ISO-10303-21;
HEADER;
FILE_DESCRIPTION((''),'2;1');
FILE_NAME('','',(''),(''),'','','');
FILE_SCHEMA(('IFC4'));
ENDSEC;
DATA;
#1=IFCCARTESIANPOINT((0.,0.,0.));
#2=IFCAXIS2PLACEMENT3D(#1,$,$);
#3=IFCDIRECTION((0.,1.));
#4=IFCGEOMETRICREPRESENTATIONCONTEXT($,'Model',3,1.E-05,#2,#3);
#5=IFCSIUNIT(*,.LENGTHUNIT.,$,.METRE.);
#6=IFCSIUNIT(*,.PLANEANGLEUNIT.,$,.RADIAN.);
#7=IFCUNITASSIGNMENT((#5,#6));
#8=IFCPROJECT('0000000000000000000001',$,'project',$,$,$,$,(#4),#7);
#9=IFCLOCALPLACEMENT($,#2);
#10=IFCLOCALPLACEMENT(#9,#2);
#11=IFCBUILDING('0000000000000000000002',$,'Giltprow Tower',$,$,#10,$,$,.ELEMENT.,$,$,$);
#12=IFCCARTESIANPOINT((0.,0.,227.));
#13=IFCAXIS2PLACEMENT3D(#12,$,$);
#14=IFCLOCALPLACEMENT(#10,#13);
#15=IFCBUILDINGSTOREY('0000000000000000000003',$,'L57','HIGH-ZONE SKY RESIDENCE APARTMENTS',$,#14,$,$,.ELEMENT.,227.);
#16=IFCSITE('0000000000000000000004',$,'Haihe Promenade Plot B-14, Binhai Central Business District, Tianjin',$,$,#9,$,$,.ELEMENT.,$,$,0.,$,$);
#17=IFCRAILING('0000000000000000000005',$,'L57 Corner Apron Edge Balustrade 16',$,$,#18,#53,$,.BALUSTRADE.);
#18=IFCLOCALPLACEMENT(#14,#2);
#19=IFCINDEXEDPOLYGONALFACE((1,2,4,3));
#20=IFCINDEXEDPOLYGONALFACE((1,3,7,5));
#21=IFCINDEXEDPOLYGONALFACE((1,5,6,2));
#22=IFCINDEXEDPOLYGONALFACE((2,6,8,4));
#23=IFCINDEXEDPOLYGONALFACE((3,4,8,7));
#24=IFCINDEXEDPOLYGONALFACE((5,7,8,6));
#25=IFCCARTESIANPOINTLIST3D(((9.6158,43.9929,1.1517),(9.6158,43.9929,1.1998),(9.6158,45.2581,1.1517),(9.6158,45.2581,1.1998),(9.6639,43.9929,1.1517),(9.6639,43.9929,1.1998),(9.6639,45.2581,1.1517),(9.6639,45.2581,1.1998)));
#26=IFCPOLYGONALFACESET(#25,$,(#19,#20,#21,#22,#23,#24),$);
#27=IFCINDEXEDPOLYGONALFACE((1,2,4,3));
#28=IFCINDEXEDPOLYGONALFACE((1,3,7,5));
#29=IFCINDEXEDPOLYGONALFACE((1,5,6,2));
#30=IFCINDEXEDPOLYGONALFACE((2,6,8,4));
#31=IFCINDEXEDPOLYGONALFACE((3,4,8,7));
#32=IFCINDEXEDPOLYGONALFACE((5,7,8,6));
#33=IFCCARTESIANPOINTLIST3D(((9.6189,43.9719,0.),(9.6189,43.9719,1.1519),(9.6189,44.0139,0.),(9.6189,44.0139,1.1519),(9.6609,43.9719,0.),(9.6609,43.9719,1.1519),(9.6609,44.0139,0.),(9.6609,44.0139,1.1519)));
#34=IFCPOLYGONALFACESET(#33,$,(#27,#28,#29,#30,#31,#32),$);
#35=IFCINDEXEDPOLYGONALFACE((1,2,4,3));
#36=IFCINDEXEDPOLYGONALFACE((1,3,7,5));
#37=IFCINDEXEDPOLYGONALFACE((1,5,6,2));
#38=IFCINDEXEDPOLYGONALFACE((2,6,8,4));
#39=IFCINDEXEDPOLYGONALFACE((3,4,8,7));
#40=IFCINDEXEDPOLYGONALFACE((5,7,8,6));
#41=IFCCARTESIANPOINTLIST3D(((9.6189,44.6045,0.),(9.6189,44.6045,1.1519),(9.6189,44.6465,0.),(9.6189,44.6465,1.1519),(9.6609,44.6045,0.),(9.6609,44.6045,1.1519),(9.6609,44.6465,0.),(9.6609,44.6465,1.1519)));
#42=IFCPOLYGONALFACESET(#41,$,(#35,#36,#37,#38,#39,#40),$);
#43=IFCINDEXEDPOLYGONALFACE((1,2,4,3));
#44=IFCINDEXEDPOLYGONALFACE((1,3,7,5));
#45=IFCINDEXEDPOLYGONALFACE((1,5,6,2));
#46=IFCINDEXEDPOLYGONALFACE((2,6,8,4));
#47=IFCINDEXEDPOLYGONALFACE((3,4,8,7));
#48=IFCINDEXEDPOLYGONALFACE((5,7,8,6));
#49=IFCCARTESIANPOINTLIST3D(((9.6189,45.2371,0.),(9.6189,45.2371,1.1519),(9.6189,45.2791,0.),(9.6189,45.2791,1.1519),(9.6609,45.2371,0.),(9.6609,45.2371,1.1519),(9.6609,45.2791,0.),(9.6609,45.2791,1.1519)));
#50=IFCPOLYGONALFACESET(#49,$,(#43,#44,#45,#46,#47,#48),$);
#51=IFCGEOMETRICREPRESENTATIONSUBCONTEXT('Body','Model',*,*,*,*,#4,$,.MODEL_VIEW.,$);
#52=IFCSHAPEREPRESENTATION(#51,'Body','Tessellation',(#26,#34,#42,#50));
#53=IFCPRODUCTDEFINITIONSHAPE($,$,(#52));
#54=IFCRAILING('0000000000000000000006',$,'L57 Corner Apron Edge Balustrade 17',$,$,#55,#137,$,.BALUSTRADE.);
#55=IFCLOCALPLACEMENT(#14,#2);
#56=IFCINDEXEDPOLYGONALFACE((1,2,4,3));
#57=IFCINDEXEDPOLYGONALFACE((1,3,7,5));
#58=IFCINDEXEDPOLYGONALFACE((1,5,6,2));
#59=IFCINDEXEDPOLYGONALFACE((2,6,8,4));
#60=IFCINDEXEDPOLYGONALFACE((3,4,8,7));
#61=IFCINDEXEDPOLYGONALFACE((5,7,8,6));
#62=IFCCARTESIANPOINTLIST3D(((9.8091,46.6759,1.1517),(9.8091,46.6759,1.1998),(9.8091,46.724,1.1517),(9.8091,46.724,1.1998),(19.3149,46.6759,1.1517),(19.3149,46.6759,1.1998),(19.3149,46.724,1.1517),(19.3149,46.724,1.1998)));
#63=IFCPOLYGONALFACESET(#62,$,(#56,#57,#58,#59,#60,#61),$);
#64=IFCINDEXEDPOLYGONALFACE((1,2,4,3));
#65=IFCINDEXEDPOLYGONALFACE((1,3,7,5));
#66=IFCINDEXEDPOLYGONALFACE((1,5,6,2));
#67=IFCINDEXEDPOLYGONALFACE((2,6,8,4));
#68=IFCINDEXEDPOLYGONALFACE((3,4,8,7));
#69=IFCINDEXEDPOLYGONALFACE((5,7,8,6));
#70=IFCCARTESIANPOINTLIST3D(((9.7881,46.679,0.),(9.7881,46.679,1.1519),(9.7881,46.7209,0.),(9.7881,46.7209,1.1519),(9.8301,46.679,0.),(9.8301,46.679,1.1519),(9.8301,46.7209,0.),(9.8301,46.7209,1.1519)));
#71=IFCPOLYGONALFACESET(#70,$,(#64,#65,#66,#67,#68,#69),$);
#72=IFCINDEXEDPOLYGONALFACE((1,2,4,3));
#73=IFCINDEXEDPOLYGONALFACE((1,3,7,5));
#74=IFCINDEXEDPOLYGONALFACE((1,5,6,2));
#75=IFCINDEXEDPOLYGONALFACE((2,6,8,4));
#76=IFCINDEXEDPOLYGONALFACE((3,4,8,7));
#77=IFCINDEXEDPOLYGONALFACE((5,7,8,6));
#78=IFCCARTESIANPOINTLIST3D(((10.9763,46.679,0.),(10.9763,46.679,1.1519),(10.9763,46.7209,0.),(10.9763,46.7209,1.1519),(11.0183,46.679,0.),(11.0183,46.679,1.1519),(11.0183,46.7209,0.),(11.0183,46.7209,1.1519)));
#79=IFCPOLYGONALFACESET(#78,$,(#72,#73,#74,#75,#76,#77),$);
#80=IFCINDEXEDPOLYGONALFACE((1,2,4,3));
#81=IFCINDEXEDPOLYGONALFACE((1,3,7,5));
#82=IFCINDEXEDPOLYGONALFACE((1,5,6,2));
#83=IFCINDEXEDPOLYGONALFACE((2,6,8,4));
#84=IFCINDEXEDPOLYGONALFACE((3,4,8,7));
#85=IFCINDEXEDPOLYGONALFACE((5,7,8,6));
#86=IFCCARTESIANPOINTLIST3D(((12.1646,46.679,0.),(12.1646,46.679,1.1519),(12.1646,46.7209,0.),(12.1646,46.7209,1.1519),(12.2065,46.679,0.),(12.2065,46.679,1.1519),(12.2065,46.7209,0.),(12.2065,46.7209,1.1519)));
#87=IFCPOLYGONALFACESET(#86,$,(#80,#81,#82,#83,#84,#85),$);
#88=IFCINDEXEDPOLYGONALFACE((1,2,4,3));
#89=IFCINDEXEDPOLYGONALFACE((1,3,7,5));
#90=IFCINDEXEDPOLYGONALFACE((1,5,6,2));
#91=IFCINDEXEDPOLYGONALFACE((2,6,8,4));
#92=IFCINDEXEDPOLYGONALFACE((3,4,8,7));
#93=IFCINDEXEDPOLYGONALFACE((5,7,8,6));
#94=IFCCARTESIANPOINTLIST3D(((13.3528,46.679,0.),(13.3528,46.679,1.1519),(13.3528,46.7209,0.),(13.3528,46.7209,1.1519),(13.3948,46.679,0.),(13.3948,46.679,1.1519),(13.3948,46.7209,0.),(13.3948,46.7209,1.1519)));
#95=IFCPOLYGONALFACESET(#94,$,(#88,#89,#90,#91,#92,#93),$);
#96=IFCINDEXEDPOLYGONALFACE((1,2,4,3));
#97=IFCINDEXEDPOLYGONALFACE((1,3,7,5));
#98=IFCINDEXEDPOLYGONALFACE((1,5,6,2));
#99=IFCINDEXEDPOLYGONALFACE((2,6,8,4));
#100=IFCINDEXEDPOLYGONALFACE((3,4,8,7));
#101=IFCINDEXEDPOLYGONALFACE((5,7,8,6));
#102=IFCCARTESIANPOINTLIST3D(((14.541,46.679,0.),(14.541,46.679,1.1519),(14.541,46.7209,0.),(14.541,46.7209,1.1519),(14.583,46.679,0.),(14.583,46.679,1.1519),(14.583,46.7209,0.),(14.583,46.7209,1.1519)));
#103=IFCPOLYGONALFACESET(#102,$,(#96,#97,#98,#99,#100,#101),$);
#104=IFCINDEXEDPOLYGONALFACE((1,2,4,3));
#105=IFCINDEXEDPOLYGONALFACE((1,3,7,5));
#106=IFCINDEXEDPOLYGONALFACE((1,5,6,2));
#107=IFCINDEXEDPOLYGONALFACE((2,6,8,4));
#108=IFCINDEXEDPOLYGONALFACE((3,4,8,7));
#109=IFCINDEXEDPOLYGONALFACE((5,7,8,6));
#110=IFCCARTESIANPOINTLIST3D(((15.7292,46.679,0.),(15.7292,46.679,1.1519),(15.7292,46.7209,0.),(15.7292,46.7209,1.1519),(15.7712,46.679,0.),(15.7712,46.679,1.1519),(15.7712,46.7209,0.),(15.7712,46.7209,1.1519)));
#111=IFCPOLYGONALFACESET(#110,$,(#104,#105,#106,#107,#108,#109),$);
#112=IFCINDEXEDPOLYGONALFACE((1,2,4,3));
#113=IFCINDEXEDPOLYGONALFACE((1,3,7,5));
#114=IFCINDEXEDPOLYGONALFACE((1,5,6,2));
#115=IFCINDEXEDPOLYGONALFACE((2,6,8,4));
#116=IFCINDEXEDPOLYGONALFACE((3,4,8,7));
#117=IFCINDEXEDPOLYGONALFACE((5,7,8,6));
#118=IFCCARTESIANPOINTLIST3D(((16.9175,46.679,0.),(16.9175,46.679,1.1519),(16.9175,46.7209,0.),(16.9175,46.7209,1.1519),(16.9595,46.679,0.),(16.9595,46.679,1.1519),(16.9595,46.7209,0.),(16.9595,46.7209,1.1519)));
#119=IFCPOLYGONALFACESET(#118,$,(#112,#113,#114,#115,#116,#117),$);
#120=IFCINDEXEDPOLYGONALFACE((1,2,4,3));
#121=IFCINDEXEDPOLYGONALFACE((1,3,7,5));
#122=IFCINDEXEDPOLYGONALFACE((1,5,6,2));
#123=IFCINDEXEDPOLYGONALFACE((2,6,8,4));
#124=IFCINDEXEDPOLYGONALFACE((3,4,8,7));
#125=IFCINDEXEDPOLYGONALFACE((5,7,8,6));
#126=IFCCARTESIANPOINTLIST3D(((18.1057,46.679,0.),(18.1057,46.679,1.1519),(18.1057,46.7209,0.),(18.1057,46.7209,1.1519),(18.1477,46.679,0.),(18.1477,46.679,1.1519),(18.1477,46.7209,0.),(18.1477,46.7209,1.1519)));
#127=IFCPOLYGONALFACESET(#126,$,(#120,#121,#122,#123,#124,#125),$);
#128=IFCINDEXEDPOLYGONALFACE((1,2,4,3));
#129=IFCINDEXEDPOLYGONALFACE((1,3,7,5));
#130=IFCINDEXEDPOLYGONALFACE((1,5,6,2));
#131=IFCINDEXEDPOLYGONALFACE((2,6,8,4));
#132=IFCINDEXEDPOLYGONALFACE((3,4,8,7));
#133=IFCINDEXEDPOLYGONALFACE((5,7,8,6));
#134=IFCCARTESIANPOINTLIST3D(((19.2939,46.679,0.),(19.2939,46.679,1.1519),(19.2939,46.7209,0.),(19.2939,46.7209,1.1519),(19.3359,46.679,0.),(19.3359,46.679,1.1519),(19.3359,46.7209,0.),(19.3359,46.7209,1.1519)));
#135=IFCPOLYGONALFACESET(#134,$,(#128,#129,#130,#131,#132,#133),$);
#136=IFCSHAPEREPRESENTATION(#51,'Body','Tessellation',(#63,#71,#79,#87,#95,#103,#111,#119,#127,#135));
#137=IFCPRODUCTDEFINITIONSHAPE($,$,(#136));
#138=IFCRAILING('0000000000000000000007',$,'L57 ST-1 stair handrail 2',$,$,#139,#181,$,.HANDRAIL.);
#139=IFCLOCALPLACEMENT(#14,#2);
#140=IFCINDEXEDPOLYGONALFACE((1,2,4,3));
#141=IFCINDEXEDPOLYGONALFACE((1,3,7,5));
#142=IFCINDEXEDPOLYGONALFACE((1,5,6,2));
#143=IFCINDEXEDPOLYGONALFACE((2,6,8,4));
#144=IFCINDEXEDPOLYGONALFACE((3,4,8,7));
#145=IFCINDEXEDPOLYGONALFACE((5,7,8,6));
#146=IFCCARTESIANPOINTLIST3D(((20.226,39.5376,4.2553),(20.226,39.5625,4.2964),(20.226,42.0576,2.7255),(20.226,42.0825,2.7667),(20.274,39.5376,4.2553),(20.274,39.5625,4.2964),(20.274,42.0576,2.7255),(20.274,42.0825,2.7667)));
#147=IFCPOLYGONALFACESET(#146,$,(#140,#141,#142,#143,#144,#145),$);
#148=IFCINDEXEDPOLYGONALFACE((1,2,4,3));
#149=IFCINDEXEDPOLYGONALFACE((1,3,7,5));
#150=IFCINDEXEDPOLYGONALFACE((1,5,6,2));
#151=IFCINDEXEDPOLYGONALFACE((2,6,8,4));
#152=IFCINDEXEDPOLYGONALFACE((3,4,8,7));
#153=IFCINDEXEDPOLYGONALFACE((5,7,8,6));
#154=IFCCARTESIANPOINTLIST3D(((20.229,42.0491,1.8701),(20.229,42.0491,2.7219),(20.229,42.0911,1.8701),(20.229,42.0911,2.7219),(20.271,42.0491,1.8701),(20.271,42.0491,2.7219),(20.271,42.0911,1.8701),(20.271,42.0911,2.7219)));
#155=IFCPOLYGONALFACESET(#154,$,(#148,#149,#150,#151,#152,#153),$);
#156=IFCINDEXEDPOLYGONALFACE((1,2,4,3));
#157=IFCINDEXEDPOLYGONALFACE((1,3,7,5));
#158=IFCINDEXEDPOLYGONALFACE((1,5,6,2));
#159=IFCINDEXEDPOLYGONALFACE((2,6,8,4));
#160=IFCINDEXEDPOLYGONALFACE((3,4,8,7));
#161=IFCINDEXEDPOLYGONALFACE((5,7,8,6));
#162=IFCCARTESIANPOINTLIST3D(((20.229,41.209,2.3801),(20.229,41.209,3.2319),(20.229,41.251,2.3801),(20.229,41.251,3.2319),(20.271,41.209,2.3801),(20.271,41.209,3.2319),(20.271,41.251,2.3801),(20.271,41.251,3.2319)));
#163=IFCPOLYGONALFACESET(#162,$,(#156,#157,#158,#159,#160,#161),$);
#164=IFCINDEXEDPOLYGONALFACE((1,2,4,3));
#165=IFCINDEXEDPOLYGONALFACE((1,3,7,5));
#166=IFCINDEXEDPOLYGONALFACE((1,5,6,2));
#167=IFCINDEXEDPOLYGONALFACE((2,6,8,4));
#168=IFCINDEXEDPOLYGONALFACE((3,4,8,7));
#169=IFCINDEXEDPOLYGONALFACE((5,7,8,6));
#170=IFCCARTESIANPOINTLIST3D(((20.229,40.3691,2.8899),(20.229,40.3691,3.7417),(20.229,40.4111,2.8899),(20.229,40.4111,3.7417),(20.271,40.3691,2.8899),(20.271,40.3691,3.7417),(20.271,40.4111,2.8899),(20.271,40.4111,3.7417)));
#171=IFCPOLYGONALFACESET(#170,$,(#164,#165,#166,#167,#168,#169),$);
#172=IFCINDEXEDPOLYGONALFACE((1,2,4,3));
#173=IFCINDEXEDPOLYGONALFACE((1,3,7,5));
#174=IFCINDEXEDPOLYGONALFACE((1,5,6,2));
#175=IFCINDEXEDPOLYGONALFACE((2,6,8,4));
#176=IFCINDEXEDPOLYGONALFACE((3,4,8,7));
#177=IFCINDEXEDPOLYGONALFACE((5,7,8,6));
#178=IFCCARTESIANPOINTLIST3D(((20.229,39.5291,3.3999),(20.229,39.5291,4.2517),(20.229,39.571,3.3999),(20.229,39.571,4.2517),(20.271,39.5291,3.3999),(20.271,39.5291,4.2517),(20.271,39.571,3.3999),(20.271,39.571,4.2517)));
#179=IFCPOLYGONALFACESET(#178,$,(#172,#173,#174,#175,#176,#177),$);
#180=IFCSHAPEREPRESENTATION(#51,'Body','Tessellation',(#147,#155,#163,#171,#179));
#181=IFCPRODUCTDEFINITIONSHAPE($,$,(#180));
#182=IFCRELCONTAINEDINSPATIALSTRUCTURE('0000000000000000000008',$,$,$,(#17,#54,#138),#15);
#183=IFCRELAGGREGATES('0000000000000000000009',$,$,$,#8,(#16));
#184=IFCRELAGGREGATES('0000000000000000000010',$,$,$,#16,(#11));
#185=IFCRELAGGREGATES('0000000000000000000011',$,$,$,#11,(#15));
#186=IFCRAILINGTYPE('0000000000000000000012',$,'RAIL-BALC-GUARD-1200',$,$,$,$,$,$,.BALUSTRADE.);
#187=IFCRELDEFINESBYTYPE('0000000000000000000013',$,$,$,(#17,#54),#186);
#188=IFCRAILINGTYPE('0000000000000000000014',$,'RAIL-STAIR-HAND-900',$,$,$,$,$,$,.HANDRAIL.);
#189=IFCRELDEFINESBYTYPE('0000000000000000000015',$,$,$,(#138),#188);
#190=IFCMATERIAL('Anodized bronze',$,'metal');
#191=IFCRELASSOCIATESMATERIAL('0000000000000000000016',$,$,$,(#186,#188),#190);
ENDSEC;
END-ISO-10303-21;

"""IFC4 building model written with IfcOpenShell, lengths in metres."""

from ifc_helpers import new_model, si_unit, direction, frame, origin, origin_2d, place, context, subcontext, project, spatial, rectangle, extrude, material, type_object, element, save


model = new_model("IFC4")

# Units and contexts
model_context = context("Model", 3, precision=1e-05, world=origin(), true_north=direction((0.0, 1.0)))
body_context = subcontext(model_context, "Body", "Model", "MODEL_VIEW")
ifc_project = project(units=[si_unit("LENGTHUNIT", "METRE"), si_unit("PLANEANGLEUNIT", "RADIAN")], contexts=[model_context])

# Site, building, storey
site_placement = place(None, origin())
site = spatial("IfcSite", under=ifc_project, at=site_placement, Name="Haihe Promenade Plot B-14, Binhai Central Business District, Tianjin", CompositionType="ELEMENT", RefElevation=0.0)
building_placement = place(site_placement, origin())
building = spatial("IfcBuilding", under=site, at=building_placement, Name="Giltprow Tower", CompositionType="ELEMENT")
storey_placement = place(building_placement, frame((0.0, 0.0, 227.0)))
storey = spatial("IfcBuildingStorey", under=building, at=storey_placement, Name="L57", Description="HIGH-ZONE SKY RESIDENCE APARTMENTS", CompositionType="ELEMENT", Elevation=227.0)

# Railings
ifc_material_1 = material(Name="Anodized bronze", Category="metal")
railing_type_1 = type_object("IfcRailingType", Name="RAIL-BALC-GUARD-1200", PredefinedType="BALUSTRADE", material=ifc_material_1)
railing_1_placement = place(storey_placement, frame((9.6399, 43.9929, 0.0)))
element("IfcRailing", 1, at=railing_1_placement, inside=storey, type_object=railing_type_1, Name="L57 Corner Apron Edge Balustrade 16", PredefinedType="BALUSTRADE", context=body_context, shape_type="SweptSolid", body=[
    extrude(rectangle(XDim=0.0481, YDim=0.0481, at=origin_2d()), frame((0.0, 0.0, 1.1758), z_axis=(0.0, 1.0, 0.0), x_axis=(-1.0, 0.0, 0.0)), (0.0, 0.0, 1.0), 1.2651),
    extrude(rectangle(XDim=0.042, YDim=0.042, at=origin_2d()), origin(), (0.0, 0.0, 1.0), 1.1519),
    extrude(rectangle(XDim=0.042, YDim=0.042, at=origin_2d()), frame((0.0, 0.6326, 0.0)), (0.0, 0.0, 1.0), 1.1519),
    extrude(rectangle(XDim=0.042, YDim=0.042, at=origin_2d()), frame((0.0, 1.2651, 0.0)), (0.0, 0.0, 1.0), 1.1519),
])
railing_2_placement = place(storey_placement, frame((9.8091, 46.7, 0.0)))
element("IfcRailing", 2, at=railing_2_placement, inside=storey, type_object=railing_type_1, Name="L57 Corner Apron Edge Balustrade 17", PredefinedType="BALUSTRADE", context=body_context, shape_type="SweptSolid", body=[
    extrude(rectangle(XDim=0.0481, YDim=0.0481, at=origin_2d()), frame((0.0, 0.0, 1.1758), z_axis=(1.0, 0.0, 0.0), x_axis=(0.0, 1.0, 0.0)), (0.0, 0.0, 1.0), 9.5059),
    extrude(rectangle(XDim=0.042, YDim=0.042, at=origin_2d()), origin(), (0.0, 0.0, 1.0), 1.1519),
    extrude(rectangle(XDim=0.042, YDim=0.042, at=origin_2d()), frame((1.1882, 0.0, 0.0)), (0.0, 0.0, 1.0), 1.1519),
    extrude(rectangle(XDim=0.042, YDim=0.042, at=origin_2d()), frame((2.3765, 0.0, 0.0)), (0.0, 0.0, 1.0), 1.1519),
    extrude(rectangle(XDim=0.042, YDim=0.042, at=origin_2d()), frame((3.5647, 0.0, 0.0)), (0.0, 0.0, 1.0), 1.1519),
    extrude(rectangle(XDim=0.042, YDim=0.042, at=origin_2d()), frame((4.7529, 0.0, 0.0)), (0.0, 0.0, 1.0), 1.1519),
    extrude(rectangle(XDim=0.042, YDim=0.042, at=origin_2d()), frame((5.9412, 0.0, 0.0)), (0.0, 0.0, 1.0), 1.1519),
    extrude(rectangle(XDim=0.042, YDim=0.042, at=origin_2d()), frame((7.1294, 0.0, 0.0)), (0.0, 0.0, 1.0), 1.1519),
    extrude(rectangle(XDim=0.042, YDim=0.042, at=origin_2d()), frame((8.3176, 0.0, 0.0)), (0.0, 0.0, 1.0), 1.1519),
    extrude(rectangle(XDim=0.042, YDim=0.042, at=origin_2d()), frame((9.5059, 0.0, 0.0)), (0.0, 0.0, 1.0), 1.1519),
])
railing_type_2 = type_object("IfcRailingType", Name="RAIL-STAIR-HAND-900", PredefinedType="HANDRAIL", material=ifc_material_1)
railing_3_placement = place(storey_placement, frame((20.25, 42.0701, 1.8701)))
element("IfcRailing", 3, at=railing_3_placement, inside=storey, type_object=railing_type_2, Name="L57 ST-1 stair handrail 2", PredefinedType="HANDRAIL", context=body_context, shape_type="SweptSolid", body=[
    extrude(rectangle(XDim=0.0481, YDim=0.0481, at=origin_2d()), frame((0.0, 0.0, 0.876), z_axis=(0.0, -0.854822, 0.518922), x_axis=(1.0, 0.0, 0.0)), (0.0, 0.0, 1.0), 2.948),
    extrude(rectangle(XDim=0.042, YDim=0.042, at=origin_2d()), origin(), (0.0, 0.0, 1.0), 0.8518),
    extrude(rectangle(XDim=0.042, YDim=0.042, at=origin_2d()), frame((0.0, -0.8401, 0.51)), (0.0, 0.0, 1.0), 0.8518),
    extrude(rectangle(XDim=0.042, YDim=0.042, at=origin_2d()), frame((0.0, -1.6799, 1.0198)), (0.0, 0.0, 1.0), 0.8518),
    extrude(rectangle(XDim=0.042, YDim=0.042, at=origin_2d()), frame((0.0, -2.52, 1.5298)), (0.0, 0.0, 1.0), 0.8518),
])

save(model, "model.ifc")
